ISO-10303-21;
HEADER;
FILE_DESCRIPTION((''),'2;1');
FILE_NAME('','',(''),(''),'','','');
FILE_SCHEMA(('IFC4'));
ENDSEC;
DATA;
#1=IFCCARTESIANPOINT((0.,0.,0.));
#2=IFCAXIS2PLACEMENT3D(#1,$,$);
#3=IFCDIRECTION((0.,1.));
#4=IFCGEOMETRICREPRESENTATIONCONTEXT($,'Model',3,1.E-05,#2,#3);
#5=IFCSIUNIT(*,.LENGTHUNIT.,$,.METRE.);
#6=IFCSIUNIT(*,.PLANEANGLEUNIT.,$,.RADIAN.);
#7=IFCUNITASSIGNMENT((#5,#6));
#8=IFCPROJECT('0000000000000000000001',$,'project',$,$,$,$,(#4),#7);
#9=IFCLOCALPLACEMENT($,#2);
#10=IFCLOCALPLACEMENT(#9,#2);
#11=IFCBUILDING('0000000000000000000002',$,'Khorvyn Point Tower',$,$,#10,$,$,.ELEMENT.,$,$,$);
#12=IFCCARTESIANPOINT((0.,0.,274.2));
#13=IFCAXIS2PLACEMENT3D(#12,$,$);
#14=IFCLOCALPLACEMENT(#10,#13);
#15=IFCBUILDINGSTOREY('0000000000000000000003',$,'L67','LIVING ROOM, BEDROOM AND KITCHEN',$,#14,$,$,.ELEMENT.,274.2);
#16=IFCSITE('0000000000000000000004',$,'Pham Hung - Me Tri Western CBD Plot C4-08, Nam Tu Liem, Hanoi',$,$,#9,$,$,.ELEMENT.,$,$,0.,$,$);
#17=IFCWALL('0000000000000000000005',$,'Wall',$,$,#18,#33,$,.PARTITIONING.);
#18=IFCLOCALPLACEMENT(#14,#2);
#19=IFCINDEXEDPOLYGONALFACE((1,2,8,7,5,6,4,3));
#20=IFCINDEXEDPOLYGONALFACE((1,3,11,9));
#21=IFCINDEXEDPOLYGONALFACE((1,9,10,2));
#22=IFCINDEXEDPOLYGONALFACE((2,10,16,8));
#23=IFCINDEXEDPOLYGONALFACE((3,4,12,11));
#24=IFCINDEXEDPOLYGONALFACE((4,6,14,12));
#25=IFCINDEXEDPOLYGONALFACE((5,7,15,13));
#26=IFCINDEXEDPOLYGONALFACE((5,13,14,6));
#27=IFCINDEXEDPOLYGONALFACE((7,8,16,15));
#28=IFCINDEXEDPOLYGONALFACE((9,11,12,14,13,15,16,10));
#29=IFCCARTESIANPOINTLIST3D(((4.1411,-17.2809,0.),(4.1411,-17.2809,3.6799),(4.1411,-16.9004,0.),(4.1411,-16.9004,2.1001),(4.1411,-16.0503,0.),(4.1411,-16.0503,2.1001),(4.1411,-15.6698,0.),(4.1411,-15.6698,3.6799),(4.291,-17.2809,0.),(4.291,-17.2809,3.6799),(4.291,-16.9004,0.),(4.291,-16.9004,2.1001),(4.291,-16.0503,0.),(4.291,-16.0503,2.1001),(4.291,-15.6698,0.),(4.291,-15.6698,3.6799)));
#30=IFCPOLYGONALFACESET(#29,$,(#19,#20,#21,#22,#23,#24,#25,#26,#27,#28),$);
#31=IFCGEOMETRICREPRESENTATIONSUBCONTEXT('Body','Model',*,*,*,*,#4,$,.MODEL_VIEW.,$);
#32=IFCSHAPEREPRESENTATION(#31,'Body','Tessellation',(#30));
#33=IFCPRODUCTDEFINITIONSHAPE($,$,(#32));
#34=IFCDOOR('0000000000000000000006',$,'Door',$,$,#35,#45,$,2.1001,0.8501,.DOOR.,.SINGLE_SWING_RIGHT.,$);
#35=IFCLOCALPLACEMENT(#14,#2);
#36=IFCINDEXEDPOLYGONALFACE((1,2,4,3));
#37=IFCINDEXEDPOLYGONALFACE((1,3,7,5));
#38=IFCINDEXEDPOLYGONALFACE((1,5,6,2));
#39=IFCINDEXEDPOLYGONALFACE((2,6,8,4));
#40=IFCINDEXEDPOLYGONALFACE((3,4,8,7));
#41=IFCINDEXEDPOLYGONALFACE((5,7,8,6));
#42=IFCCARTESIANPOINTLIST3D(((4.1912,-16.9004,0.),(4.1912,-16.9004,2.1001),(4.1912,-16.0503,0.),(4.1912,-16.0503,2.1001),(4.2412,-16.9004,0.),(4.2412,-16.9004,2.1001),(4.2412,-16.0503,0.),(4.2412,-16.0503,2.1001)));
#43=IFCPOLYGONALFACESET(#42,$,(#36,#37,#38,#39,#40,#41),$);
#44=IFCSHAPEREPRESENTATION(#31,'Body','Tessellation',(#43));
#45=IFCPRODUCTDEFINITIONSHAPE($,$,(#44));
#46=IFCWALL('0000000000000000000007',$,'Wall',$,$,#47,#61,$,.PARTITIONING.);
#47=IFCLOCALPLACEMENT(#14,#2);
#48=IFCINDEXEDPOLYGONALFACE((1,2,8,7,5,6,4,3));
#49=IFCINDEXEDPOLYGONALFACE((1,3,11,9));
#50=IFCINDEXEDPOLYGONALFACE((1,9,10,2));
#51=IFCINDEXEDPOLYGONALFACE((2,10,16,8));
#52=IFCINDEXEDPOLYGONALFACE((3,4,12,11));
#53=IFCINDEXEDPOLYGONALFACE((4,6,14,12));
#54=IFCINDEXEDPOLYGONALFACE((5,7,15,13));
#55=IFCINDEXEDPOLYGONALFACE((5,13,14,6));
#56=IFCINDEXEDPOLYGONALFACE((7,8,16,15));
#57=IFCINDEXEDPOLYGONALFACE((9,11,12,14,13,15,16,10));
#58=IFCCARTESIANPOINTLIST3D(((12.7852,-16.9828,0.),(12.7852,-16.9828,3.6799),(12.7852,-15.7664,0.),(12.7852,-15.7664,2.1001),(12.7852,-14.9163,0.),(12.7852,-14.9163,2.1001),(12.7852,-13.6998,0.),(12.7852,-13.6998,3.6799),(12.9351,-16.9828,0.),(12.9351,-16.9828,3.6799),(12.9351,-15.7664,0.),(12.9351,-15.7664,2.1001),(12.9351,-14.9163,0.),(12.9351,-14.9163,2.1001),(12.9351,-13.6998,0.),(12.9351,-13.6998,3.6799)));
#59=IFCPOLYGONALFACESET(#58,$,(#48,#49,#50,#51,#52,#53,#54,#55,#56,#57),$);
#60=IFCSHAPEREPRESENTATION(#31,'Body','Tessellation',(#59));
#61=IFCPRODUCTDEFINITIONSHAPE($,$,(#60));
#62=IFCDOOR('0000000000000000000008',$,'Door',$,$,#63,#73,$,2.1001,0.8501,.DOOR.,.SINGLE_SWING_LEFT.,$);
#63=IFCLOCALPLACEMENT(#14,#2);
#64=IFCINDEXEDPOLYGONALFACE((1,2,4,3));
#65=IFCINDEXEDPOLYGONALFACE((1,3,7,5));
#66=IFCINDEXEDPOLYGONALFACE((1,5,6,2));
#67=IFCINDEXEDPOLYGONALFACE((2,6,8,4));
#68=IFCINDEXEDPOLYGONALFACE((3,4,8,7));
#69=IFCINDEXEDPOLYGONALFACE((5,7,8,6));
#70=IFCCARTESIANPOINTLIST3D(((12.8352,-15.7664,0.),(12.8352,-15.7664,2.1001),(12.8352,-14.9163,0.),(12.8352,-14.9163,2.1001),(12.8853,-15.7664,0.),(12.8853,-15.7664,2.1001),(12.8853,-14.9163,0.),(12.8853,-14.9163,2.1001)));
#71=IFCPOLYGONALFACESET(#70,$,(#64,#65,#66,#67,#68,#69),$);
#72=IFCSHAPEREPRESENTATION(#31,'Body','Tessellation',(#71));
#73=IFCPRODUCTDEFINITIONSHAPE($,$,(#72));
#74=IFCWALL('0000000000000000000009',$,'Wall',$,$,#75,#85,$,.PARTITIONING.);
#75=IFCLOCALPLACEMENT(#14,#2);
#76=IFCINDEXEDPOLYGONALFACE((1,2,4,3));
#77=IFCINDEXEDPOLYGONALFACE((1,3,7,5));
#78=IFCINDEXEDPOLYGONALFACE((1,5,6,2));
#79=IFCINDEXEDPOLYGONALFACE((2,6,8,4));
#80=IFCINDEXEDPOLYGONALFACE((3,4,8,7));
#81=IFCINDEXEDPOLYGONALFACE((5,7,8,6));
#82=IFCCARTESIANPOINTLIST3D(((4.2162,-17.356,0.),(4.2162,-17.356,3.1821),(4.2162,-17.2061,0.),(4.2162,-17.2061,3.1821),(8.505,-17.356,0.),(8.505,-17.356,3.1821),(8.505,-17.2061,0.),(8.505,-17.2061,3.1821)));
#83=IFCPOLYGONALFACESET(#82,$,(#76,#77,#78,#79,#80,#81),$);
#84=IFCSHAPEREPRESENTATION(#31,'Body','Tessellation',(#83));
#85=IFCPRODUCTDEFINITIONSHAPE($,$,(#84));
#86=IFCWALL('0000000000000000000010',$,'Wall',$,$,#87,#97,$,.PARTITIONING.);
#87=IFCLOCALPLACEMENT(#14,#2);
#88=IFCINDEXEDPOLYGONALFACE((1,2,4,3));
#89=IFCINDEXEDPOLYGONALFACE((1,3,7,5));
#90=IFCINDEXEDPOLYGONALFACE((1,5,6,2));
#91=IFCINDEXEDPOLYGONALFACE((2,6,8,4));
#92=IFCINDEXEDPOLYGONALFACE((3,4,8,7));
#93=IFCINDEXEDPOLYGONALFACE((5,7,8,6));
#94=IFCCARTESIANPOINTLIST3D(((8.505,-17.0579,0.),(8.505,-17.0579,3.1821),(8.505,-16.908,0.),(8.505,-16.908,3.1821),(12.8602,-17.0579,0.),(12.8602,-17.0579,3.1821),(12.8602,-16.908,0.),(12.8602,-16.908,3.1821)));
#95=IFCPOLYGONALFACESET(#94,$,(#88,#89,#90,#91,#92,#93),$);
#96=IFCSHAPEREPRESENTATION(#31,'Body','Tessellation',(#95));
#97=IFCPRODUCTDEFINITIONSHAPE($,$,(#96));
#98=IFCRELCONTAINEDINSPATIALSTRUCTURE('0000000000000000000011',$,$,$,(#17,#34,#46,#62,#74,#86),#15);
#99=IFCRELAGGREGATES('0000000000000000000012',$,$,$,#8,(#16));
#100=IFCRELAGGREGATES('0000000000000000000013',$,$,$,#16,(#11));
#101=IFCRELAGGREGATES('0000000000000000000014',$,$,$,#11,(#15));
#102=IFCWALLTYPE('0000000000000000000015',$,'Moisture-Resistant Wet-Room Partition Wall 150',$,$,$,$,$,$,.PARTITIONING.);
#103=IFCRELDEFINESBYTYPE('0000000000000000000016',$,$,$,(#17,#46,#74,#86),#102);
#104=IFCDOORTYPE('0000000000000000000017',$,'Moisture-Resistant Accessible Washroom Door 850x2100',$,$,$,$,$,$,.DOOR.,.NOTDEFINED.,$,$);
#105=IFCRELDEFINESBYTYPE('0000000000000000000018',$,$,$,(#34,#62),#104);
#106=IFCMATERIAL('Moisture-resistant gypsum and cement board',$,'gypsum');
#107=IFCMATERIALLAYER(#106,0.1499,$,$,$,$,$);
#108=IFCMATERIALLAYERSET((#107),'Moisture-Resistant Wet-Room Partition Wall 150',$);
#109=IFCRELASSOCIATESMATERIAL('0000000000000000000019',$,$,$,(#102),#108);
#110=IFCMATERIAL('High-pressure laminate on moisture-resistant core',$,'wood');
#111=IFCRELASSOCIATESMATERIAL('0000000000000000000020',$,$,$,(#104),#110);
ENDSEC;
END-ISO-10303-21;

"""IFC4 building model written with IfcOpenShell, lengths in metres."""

from ifc_helpers import new_model, si_unit, direction, frame, frame_2d, origin, place, context, subcontext, project, spatial, rectangle, extrude, material, layer, layer_set, type_object, element, fill, save


model = new_model("IFC4")

# Units and contexts
model_context = context("Model", 3, precision=1e-05, world=origin(), true_north=direction((0.0, 1.0)))
body_context = subcontext(model_context, "Body", "Model", "MODEL_VIEW")
ifc_project = project(units=[si_unit("LENGTHUNIT", "METRE"), si_unit("PLANEANGLEUNIT", "RADIAN")], contexts=[model_context])

# Site, building, storey
site_placement = place(None, origin())
site = spatial("IfcSite", under=ifc_project, at=site_placement, Name="Pham Hung - Me Tri Western CBD Plot C4-08, Nam Tu Liem, Hanoi", CompositionType="ELEMENT", RefElevation=0.0)
building_placement = place(site_placement, origin())
building = spatial("IfcBuilding", under=site, at=building_placement, Name="Khorvyn Point Tower", CompositionType="ELEMENT")
storey_placement = place(building_placement, frame((0.0, 0.0, 274.2)))
storey = spatial("IfcBuildingStorey", under=building, at=storey_placement, Name="L67", Description="LIVING ROOM, BEDROOM AND KITCHEN", CompositionType="ELEMENT", Elevation=274.2)

# Walls, openings, doors
ifc_material_1 = material(Name="Moisture-resistant gypsum and cement board", Category="gypsum")
ifc_layer_1 = layer(ifc_material_1, 0.1499)
ifc_layer_set_1 = layer_set([ifc_layer_1], Name="Moisture-Resistant Wet-Room Partition Wall 150")
wall_type_1 = type_object("IfcWallType", Name="Moisture-Resistant Wet-Room Partition Wall 150", PredefinedType="PARTITIONING", material=ifc_layer_set_1)
ifc_material_2 = material(Name="High-pressure laminate on moisture-resistant core", Category="wood")
door_type_1 = type_object("IfcDoorType", Name="Moisture-Resistant Accessible Washroom Door 850x2100", OperationType="NOTDEFINED", PredefinedType="DOOR", material=ifc_material_2)
wall_1_placement = place(storey_placement, frame((4.2161, -17.281, 0.0), z_axis=(0.0, 0.0, 1.0), x_axis=(0.0, 1.0, 0.0)))
wall_1 = element("IfcWall", 1, at=wall_1_placement, inside=storey, type_object=wall_type_1, Name="Wall", PredefinedType="PARTITIONING", context=body_context, shape_type="SweptSolid", body=[
    extrude(rectangle(XDim=1.6111, YDim=0.1499, at=frame_2d((0.8057, 0.0))), origin(), (0.0, 0.0, 1.0), 3.6799),
])
opening_1_placement = place(wall_1_placement, frame((0.3806, 0.0, 0.0)))
opening_1 = element("IfcOpeningElement", 2, at=opening_1_placement, cuts=wall_1, PredefinedType="OPENING", context=body_context, shape_type="SweptSolid", body=[
    extrude(rectangle(XDim=0.8501, YDim=2.1001, at=frame_2d((0.425, 1.05))), frame((0.0, 0.085, 0.0), z_axis=(0.0, -1.0, 0.0), x_axis=(1.0, 0.0, 0.0)), (0.0, 0.0, 1.0), 0.1699),
])
door_1_placement = place(opening_1_placement, origin())
door_1 = element("IfcDoor", 3, at=door_1_placement, inside=storey, type_object=door_type_1, Name="Door", OperationType="SINGLE_SWING_RIGHT", OverallHeight=2.1001, OverallWidth=0.8501, PredefinedType="DOOR", context=body_context, shape_type="SweptSolid", body=[
    extrude(rectangle(XDim=0.8501, YDim=2.1001, at=frame_2d((0.425, 1.05))), frame((0.0, 0.0249, 0.0), z_axis=(0.0, -1.0, 0.0), x_axis=(1.0, 0.0, 0.0)), (0.0, 0.0, 1.0), 0.05),
])
fill(opening_1, door_1)
wall_2_placement = place(storey_placement, frame((12.8601, -16.9829, 0.0), z_axis=(0.0, 0.0, 1.0), x_axis=(0.0, 1.0, 0.0)))
wall_2 = element("IfcWall", 4, at=wall_2_placement, inside=storey, type_object=wall_type_1, Name="Wall", PredefinedType="PARTITIONING", context=body_context, shape_type="SweptSolid", body=[
    extrude(rectangle(XDim=3.283, YDim=0.1499, at=frame_2d((1.6416, 0.0))), origin(), (0.0, 0.0, 1.0), 3.6799),
])
opening_2_placement = place(wall_2_placement, frame((1.2166, 0.0, 0.0)))
opening_2 = element("IfcOpeningElement", 5, at=opening_2_placement, cuts=wall_2, PredefinedType="OPENING", context=body_context, shape_type="SweptSolid", body=[
    extrude(rectangle(XDim=0.8501, YDim=2.1001, at=frame_2d((0.425, 1.05))), frame((0.0, 0.085, 0.0), z_axis=(0.0, -1.0, 0.0), x_axis=(1.0, 0.0, 0.0)), (0.0, 0.0, 1.0), 0.1699),
])
door_2_placement = place(opening_2_placement, origin())
door_2 = element("IfcDoor", 6, at=door_2_placement, inside=storey, type_object=door_type_1, Name="Door", OperationType="SINGLE_SWING_LEFT", OverallHeight=2.1001, OverallWidth=0.8501, PredefinedType="DOOR", context=body_context, shape_type="SweptSolid", body=[
    extrude(rectangle(XDim=0.8501, YDim=2.1001, at=frame_2d((0.425, 1.05))), frame((0.0, 0.0249, 0.0), z_axis=(0.0, -1.0, 0.0), x_axis=(1.0, 0.0, 0.0)), (0.0, 0.0, 1.0), 0.05),
])
fill(opening_2, door_2)

# Walls
wall_3_placement = place(storey_placement, frame((4.2161, -17.281, 0.0), z_axis=(0.0, 0.0, 1.0), x_axis=(1.0, 0.0, 0.0)))
element("IfcWall", 7, at=wall_3_placement, inside=storey, type_object=wall_type_1, Name="Wall", PredefinedType="PARTITIONING", context=body_context, shape_type="SweptSolid", body=[
    extrude(rectangle(XDim=4.2888, YDim=0.1499, at=frame_2d((2.1445, 0.0))), origin(), (0.0, 0.0, 1.0), 3.1821),
])
wall_4_placement = place(storey_placement, frame((8.5049, -16.9829, 0.0), z_axis=(0.0, 0.0, 1.0), x_axis=(1.0, 0.0, 0.0)))
element("IfcWall", 8, at=wall_4_placement, inside=storey, type_object=wall_type_1, Name="Wall", PredefinedType="PARTITIONING", context=body_context, shape_type="SweptSolid", body=[
    extrude(rectangle(XDim=4.3552, YDim=0.1499, at=frame_2d((2.1777, 0.0))), origin(), (0.0, 0.0, 1.0), 3.1821),
])

save(model, "model.ifc")
